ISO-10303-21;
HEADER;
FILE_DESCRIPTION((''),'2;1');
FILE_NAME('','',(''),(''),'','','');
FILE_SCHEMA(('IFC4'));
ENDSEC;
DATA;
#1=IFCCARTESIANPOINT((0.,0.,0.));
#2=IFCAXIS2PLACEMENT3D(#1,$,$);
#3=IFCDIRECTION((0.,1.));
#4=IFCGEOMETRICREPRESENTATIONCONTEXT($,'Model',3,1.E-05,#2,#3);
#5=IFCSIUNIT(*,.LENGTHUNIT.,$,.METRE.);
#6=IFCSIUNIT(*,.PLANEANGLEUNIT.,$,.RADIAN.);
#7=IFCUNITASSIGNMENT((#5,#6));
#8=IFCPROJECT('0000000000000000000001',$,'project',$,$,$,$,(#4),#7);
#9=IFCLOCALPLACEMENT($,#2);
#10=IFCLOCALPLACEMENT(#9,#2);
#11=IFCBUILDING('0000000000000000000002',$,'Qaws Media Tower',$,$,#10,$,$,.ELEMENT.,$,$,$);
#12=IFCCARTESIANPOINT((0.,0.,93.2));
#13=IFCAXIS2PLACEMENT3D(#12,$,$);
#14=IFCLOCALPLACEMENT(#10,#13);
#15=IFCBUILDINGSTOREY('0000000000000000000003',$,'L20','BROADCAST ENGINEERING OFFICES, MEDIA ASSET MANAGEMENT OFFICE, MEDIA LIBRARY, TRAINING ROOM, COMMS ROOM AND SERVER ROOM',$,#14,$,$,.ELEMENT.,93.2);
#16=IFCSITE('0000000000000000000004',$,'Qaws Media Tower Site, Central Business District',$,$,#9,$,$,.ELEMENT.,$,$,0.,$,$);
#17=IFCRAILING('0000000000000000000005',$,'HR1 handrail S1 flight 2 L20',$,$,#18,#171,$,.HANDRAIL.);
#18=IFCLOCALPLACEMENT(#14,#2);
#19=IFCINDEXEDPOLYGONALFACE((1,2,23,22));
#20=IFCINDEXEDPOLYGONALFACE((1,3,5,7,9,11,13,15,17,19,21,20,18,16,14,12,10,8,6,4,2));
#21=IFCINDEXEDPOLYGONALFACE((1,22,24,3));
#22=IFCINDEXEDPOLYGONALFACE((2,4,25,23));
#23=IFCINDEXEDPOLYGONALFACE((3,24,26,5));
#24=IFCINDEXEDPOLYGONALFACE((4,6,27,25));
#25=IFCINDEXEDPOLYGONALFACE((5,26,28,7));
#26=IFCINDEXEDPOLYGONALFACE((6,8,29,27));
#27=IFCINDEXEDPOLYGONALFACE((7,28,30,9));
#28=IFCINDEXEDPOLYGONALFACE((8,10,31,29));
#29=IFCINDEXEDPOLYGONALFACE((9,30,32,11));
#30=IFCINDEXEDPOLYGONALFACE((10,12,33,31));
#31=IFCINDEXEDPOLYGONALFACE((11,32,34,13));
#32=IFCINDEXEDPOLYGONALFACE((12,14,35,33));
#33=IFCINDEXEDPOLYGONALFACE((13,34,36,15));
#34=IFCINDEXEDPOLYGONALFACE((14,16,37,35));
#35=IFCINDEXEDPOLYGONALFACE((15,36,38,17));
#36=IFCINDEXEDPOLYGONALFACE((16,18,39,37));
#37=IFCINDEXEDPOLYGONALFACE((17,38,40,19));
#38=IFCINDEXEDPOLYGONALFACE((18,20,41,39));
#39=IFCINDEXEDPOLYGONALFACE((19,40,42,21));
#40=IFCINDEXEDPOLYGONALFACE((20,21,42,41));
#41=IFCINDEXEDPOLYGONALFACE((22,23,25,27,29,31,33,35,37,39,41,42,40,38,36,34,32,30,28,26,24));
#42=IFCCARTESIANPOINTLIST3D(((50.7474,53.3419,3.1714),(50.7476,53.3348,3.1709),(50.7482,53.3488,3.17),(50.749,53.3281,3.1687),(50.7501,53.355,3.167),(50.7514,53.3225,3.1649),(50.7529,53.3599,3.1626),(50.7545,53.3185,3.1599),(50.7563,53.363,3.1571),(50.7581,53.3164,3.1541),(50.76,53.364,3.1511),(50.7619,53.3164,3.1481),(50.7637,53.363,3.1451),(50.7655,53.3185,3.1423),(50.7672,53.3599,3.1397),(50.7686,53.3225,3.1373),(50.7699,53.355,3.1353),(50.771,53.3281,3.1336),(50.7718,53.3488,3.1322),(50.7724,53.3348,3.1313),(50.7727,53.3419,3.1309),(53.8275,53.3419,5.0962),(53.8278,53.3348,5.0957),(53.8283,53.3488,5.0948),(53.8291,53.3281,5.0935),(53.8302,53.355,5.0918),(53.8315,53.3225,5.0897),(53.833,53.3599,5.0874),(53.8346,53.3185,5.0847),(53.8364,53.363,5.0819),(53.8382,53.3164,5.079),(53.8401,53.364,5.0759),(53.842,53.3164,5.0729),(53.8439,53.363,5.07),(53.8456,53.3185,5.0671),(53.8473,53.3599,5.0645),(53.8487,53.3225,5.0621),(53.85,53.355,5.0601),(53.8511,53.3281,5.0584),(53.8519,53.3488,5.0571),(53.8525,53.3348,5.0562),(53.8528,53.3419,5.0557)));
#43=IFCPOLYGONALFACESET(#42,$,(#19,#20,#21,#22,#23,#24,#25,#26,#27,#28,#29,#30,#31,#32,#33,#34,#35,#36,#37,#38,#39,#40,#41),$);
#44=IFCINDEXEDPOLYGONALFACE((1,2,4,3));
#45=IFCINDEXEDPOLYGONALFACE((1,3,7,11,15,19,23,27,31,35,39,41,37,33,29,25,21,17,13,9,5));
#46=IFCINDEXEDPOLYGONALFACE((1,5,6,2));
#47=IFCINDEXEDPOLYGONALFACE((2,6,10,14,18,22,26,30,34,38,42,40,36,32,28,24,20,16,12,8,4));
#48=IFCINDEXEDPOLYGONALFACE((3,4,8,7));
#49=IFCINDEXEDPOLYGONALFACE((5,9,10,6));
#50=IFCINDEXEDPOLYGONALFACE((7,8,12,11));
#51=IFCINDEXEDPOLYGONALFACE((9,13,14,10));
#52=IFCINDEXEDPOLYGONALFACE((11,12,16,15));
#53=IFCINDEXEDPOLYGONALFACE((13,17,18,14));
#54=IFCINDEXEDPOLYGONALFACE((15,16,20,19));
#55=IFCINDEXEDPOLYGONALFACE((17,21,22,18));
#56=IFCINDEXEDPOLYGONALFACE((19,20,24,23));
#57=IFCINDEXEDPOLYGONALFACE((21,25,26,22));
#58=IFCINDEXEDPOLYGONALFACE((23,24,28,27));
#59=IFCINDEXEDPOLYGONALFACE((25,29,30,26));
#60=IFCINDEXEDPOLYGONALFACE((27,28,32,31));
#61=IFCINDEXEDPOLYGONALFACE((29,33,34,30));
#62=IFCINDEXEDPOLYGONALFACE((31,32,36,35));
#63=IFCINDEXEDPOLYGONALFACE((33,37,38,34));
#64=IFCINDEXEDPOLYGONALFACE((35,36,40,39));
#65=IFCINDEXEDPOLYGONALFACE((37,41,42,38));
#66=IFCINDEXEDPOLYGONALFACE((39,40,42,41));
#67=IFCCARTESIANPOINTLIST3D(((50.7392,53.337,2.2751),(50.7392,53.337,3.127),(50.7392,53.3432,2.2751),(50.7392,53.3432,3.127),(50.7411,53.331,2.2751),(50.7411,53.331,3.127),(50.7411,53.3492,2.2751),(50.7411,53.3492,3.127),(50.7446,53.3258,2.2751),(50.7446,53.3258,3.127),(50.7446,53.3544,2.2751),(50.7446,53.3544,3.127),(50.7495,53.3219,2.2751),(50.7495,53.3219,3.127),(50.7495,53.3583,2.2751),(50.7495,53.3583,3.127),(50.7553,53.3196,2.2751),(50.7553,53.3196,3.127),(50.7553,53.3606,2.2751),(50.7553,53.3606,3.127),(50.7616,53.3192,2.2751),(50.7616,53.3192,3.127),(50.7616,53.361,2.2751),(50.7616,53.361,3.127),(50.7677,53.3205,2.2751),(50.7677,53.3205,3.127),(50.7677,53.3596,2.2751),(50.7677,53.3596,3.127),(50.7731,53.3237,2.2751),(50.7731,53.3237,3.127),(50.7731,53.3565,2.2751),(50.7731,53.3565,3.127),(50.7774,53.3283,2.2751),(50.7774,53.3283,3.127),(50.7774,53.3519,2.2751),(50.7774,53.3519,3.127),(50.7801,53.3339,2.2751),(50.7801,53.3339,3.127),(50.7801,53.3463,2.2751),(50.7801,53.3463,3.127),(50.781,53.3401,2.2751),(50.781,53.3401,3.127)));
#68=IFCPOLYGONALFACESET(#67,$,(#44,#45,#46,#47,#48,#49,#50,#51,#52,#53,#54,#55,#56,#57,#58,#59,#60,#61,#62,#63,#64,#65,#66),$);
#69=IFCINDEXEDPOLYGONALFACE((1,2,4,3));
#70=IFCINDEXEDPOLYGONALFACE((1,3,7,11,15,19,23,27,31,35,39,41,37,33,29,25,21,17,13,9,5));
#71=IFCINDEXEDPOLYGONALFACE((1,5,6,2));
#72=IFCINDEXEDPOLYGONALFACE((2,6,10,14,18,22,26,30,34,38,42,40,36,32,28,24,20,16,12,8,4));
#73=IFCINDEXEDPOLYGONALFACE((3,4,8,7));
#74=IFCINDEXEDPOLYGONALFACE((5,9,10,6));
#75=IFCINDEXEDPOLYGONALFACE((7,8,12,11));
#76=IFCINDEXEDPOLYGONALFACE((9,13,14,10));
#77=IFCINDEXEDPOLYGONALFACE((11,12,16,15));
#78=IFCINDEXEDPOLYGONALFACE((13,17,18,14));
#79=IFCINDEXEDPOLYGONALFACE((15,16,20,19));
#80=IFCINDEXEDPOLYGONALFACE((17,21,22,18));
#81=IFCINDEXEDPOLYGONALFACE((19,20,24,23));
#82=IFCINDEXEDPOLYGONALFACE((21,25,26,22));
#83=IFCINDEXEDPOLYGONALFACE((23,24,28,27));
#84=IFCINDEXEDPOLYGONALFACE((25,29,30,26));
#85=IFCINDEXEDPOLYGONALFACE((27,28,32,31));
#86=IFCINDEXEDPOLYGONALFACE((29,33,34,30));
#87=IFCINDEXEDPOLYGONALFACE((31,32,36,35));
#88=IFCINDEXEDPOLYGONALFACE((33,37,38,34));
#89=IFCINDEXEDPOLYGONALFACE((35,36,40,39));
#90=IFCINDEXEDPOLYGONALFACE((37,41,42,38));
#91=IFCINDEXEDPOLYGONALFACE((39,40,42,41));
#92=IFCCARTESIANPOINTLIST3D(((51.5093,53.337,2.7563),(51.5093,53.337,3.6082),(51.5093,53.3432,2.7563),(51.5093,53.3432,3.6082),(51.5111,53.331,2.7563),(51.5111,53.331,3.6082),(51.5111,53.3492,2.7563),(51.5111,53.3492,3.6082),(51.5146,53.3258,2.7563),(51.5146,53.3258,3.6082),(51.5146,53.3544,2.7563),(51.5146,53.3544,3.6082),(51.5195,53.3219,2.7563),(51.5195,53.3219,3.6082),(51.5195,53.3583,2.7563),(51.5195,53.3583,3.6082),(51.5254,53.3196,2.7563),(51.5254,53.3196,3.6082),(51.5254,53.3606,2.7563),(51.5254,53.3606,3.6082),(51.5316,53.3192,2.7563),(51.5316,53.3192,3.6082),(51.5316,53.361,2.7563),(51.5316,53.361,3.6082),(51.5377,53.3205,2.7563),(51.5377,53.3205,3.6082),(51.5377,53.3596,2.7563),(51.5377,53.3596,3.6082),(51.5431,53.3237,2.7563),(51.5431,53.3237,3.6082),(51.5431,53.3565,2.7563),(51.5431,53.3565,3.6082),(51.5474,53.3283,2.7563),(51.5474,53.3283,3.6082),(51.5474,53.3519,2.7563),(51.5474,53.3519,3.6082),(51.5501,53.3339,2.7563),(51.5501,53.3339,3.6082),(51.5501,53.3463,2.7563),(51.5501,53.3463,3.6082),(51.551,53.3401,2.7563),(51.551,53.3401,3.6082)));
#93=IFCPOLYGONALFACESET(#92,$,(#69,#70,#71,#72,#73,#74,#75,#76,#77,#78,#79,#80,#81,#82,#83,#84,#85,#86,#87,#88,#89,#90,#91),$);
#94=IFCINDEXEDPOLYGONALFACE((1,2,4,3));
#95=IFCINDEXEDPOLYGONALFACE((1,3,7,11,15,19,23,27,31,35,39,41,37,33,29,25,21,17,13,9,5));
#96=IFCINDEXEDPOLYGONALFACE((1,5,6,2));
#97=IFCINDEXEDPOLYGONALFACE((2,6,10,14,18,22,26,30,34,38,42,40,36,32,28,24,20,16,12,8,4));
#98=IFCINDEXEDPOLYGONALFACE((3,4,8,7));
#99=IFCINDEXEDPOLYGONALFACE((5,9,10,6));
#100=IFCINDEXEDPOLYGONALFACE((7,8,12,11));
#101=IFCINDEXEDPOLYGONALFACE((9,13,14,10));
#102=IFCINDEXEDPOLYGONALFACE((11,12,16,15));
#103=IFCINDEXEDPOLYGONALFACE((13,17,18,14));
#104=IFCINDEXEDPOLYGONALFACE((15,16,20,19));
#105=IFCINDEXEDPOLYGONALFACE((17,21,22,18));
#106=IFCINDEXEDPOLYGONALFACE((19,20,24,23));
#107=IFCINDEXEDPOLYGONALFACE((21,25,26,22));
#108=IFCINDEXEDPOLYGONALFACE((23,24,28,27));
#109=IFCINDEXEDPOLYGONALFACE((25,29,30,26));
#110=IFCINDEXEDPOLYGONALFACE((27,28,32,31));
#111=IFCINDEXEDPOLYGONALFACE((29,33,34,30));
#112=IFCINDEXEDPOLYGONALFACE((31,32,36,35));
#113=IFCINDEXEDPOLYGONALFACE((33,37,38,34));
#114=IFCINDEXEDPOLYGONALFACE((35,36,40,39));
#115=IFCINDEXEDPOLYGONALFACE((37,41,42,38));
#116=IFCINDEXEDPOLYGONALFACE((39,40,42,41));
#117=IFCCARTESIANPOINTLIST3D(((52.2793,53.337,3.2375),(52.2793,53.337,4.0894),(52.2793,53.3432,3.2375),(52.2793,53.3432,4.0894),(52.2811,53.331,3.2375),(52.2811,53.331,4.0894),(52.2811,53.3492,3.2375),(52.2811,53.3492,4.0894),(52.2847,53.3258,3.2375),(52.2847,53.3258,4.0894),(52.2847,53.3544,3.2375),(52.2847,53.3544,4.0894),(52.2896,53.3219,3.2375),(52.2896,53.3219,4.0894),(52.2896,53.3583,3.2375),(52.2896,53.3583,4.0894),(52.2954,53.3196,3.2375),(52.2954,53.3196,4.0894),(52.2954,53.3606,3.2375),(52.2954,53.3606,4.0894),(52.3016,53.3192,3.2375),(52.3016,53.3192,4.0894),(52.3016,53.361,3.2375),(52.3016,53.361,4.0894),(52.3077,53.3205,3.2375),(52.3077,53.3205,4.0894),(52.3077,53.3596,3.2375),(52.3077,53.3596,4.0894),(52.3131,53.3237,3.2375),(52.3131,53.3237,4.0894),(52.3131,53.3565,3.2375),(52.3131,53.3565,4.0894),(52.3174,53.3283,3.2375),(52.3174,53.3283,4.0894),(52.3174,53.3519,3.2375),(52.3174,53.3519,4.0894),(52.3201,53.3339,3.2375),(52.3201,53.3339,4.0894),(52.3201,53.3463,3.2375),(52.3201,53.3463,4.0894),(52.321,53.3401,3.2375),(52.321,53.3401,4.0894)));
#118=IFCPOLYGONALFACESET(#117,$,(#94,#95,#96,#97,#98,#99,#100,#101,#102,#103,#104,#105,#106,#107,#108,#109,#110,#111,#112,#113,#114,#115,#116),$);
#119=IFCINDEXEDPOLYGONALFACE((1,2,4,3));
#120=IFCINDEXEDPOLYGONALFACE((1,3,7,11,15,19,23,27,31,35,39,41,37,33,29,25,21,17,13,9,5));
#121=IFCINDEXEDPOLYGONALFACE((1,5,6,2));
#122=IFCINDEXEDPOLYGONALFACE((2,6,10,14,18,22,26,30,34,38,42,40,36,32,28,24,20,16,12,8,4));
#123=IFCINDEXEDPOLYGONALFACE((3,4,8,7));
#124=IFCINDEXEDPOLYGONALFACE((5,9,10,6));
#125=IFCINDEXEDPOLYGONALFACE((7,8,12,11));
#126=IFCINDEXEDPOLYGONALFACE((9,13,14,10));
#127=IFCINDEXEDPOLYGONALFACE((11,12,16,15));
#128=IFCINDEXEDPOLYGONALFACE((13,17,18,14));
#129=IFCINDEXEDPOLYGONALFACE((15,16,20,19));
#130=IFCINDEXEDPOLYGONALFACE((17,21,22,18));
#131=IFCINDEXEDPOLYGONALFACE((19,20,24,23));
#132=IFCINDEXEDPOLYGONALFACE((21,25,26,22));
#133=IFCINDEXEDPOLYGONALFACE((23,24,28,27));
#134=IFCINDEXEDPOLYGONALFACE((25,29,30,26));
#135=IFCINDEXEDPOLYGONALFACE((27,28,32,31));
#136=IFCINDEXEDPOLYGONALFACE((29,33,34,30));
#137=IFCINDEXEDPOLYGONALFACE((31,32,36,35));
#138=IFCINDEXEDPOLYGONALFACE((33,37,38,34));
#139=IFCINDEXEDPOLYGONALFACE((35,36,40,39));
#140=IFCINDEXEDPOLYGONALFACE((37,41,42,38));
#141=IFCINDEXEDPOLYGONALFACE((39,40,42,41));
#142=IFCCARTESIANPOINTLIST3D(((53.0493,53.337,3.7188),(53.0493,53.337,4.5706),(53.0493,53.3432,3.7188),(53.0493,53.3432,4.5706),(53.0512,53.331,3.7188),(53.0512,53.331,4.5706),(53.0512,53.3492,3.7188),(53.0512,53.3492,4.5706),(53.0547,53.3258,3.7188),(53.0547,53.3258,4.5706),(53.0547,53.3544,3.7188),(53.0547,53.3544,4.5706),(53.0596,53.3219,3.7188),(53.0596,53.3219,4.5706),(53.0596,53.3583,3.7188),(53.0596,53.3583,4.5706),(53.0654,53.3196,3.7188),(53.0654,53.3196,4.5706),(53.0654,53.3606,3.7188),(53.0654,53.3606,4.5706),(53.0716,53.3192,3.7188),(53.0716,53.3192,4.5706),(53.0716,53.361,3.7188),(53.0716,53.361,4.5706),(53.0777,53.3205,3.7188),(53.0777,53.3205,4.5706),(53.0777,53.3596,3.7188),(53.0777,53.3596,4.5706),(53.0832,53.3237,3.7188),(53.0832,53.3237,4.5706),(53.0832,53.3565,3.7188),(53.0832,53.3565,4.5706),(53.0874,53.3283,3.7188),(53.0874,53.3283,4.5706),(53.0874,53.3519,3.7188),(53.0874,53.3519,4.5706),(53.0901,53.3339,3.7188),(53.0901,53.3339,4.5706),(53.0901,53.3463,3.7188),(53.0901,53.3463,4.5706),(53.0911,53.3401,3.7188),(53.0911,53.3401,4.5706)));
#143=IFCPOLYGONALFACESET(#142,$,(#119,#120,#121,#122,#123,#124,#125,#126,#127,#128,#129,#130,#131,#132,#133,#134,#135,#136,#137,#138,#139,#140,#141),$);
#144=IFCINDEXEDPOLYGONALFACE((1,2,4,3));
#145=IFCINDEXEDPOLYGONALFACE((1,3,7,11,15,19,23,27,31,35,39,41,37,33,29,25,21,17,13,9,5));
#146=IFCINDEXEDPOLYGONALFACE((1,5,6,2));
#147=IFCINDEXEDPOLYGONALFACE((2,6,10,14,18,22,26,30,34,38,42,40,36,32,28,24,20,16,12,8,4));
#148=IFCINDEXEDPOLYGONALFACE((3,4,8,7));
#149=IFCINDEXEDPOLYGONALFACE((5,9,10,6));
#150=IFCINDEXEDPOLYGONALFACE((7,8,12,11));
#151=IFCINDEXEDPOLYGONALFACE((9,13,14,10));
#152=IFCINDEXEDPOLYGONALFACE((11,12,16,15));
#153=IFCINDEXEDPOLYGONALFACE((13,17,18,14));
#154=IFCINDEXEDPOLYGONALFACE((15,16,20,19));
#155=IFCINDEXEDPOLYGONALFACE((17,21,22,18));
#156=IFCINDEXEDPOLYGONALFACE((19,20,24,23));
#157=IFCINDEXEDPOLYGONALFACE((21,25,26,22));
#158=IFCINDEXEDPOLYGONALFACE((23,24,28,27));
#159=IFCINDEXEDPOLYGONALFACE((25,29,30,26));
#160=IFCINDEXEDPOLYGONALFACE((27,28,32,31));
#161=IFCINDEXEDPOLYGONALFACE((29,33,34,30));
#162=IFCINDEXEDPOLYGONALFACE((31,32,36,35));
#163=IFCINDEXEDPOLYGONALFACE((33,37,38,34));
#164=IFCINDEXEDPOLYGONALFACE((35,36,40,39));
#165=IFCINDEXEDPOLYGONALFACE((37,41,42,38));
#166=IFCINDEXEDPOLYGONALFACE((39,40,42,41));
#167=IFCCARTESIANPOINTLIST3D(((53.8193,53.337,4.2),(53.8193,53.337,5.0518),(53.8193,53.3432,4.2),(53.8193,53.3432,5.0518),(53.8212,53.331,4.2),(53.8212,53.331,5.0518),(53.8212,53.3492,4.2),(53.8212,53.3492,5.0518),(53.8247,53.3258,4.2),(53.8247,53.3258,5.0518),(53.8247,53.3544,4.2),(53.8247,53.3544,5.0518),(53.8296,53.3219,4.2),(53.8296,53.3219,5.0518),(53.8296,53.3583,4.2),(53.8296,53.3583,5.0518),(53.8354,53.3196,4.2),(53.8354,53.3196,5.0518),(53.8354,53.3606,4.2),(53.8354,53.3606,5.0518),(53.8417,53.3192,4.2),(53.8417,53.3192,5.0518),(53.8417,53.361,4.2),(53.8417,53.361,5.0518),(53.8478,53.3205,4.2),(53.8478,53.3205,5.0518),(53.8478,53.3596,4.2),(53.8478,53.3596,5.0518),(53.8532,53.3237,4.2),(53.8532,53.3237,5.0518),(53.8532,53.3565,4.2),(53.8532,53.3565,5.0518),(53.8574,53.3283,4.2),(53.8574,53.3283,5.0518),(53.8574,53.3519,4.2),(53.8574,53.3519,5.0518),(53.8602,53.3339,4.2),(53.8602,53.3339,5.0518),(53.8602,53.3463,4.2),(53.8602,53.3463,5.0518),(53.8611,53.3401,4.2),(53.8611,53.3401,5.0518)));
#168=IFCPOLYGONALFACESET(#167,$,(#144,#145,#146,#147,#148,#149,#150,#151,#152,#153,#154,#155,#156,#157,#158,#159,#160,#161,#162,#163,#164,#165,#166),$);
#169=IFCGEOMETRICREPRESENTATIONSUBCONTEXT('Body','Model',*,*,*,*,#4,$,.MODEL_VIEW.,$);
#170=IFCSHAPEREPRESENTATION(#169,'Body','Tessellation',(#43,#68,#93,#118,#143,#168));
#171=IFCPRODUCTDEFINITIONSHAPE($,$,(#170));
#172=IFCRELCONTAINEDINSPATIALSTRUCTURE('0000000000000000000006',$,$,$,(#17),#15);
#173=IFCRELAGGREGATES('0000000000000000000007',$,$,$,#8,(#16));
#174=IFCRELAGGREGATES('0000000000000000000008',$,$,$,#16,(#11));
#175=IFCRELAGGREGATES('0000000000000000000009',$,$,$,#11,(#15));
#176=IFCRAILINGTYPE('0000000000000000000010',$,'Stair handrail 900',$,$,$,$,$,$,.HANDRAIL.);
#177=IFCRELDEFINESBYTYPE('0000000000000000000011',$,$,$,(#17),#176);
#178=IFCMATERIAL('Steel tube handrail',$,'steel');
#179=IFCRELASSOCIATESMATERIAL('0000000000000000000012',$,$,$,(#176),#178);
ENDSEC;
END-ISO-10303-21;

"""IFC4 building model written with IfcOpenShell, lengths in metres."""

from ifc_helpers import new_model, si_unit, direction, frame, origin, origin_2d, place, context, subcontext, project, spatial, circle, extrude, material, type_object, element, save


model = new_model("IFC4")

# Units and contexts
model_context = context("Model", 3, precision=1e-05, world=origin(), true_north=direction((0.0, 1.0)))
body_context = subcontext(model_context, "Body", "Model", "MODEL_VIEW")
ifc_project = project(units=[si_unit("LENGTHUNIT", "METRE"), si_unit("PLANEANGLEUNIT", "RADIAN")], contexts=[model_context])

# Site, building, storey
site_placement = place(None, origin())
site = spatial("IfcSite", under=ifc_project, at=site_placement, Name="Qaws Media Tower Site, Central Business District", CompositionType="ELEMENT", RefElevation=0.0)
building_placement = place(site_placement, origin())
building = spatial("IfcBuilding", under=site, at=building_placement, Name="Qaws Media Tower", CompositionType="ELEMENT")
storey_placement = place(building_placement, frame((0.0, 0.0, 93.2)))
storey = spatial("IfcBuildingStorey", under=building, at=storey_placement, Name="L20", Description="BROADCAST ENGINEERING OFFICES, MEDIA ASSET MANAGEMENT OFFICE, MEDIA LIBRARY, TRAINING ROOM, COMMS ROOM AND SERVER ROOM", CompositionType="ELEMENT", Elevation=93.2)

# Railing
ifc_material_1 = material(Name="Steel tube handrail", Category="steel")
railing_type = type_object("IfcRailingType", Name="Stair handrail 900", PredefinedType="HANDRAIL", material=ifc_material_1)
for number, where, name in (
    (1, (50.76, 53.3401, 2.2751), "HR1 handrail S1 flight 2 L20"),
):
    element("IfcRailing", number, at=place(storey_placement, frame(where)), inside=storey, type_object=railing_type, Name=name, PredefinedType="HANDRAIL", context=body_context, shape_type="SweptSolid", body=[
        extrude(circle(Radius=0.0239, at=origin_2d()), frame((0.0, 0.0, 0.876), z_axis=(0.848029, 0.0, 0.529951), x_axis=(0.0, 1.0, 0.0)), (0.0, 0.0, 1.0), 3.6321),
        extrude(circle(Radius=0.021, at=origin_2d()), origin(), (0.0, 0.0, 1.0), 0.8518),
        extrude(circle(Radius=0.021, at=origin_2d()), frame((0.77, 0.0, 0.4812)), (0.0, 0.0, 1.0), 0.8518),
        extrude(circle(Radius=0.021, at=origin_2d()), frame((1.54, 0.0, 0.9624)), (0.0, 0.0, 1.0), 0.8518),
        extrude(circle(Radius=0.021, at=origin_2d()), frame((2.3101, 0.0, 1.4436)), (0.0, 0.0, 1.0), 0.8518),
        extrude(circle(Radius=0.021, at=origin_2d()), frame((3.0801, 0.0, 1.9248)), (0.0, 0.0, 1.0), 0.8518),
    ])

save(model, "model.ifc")
